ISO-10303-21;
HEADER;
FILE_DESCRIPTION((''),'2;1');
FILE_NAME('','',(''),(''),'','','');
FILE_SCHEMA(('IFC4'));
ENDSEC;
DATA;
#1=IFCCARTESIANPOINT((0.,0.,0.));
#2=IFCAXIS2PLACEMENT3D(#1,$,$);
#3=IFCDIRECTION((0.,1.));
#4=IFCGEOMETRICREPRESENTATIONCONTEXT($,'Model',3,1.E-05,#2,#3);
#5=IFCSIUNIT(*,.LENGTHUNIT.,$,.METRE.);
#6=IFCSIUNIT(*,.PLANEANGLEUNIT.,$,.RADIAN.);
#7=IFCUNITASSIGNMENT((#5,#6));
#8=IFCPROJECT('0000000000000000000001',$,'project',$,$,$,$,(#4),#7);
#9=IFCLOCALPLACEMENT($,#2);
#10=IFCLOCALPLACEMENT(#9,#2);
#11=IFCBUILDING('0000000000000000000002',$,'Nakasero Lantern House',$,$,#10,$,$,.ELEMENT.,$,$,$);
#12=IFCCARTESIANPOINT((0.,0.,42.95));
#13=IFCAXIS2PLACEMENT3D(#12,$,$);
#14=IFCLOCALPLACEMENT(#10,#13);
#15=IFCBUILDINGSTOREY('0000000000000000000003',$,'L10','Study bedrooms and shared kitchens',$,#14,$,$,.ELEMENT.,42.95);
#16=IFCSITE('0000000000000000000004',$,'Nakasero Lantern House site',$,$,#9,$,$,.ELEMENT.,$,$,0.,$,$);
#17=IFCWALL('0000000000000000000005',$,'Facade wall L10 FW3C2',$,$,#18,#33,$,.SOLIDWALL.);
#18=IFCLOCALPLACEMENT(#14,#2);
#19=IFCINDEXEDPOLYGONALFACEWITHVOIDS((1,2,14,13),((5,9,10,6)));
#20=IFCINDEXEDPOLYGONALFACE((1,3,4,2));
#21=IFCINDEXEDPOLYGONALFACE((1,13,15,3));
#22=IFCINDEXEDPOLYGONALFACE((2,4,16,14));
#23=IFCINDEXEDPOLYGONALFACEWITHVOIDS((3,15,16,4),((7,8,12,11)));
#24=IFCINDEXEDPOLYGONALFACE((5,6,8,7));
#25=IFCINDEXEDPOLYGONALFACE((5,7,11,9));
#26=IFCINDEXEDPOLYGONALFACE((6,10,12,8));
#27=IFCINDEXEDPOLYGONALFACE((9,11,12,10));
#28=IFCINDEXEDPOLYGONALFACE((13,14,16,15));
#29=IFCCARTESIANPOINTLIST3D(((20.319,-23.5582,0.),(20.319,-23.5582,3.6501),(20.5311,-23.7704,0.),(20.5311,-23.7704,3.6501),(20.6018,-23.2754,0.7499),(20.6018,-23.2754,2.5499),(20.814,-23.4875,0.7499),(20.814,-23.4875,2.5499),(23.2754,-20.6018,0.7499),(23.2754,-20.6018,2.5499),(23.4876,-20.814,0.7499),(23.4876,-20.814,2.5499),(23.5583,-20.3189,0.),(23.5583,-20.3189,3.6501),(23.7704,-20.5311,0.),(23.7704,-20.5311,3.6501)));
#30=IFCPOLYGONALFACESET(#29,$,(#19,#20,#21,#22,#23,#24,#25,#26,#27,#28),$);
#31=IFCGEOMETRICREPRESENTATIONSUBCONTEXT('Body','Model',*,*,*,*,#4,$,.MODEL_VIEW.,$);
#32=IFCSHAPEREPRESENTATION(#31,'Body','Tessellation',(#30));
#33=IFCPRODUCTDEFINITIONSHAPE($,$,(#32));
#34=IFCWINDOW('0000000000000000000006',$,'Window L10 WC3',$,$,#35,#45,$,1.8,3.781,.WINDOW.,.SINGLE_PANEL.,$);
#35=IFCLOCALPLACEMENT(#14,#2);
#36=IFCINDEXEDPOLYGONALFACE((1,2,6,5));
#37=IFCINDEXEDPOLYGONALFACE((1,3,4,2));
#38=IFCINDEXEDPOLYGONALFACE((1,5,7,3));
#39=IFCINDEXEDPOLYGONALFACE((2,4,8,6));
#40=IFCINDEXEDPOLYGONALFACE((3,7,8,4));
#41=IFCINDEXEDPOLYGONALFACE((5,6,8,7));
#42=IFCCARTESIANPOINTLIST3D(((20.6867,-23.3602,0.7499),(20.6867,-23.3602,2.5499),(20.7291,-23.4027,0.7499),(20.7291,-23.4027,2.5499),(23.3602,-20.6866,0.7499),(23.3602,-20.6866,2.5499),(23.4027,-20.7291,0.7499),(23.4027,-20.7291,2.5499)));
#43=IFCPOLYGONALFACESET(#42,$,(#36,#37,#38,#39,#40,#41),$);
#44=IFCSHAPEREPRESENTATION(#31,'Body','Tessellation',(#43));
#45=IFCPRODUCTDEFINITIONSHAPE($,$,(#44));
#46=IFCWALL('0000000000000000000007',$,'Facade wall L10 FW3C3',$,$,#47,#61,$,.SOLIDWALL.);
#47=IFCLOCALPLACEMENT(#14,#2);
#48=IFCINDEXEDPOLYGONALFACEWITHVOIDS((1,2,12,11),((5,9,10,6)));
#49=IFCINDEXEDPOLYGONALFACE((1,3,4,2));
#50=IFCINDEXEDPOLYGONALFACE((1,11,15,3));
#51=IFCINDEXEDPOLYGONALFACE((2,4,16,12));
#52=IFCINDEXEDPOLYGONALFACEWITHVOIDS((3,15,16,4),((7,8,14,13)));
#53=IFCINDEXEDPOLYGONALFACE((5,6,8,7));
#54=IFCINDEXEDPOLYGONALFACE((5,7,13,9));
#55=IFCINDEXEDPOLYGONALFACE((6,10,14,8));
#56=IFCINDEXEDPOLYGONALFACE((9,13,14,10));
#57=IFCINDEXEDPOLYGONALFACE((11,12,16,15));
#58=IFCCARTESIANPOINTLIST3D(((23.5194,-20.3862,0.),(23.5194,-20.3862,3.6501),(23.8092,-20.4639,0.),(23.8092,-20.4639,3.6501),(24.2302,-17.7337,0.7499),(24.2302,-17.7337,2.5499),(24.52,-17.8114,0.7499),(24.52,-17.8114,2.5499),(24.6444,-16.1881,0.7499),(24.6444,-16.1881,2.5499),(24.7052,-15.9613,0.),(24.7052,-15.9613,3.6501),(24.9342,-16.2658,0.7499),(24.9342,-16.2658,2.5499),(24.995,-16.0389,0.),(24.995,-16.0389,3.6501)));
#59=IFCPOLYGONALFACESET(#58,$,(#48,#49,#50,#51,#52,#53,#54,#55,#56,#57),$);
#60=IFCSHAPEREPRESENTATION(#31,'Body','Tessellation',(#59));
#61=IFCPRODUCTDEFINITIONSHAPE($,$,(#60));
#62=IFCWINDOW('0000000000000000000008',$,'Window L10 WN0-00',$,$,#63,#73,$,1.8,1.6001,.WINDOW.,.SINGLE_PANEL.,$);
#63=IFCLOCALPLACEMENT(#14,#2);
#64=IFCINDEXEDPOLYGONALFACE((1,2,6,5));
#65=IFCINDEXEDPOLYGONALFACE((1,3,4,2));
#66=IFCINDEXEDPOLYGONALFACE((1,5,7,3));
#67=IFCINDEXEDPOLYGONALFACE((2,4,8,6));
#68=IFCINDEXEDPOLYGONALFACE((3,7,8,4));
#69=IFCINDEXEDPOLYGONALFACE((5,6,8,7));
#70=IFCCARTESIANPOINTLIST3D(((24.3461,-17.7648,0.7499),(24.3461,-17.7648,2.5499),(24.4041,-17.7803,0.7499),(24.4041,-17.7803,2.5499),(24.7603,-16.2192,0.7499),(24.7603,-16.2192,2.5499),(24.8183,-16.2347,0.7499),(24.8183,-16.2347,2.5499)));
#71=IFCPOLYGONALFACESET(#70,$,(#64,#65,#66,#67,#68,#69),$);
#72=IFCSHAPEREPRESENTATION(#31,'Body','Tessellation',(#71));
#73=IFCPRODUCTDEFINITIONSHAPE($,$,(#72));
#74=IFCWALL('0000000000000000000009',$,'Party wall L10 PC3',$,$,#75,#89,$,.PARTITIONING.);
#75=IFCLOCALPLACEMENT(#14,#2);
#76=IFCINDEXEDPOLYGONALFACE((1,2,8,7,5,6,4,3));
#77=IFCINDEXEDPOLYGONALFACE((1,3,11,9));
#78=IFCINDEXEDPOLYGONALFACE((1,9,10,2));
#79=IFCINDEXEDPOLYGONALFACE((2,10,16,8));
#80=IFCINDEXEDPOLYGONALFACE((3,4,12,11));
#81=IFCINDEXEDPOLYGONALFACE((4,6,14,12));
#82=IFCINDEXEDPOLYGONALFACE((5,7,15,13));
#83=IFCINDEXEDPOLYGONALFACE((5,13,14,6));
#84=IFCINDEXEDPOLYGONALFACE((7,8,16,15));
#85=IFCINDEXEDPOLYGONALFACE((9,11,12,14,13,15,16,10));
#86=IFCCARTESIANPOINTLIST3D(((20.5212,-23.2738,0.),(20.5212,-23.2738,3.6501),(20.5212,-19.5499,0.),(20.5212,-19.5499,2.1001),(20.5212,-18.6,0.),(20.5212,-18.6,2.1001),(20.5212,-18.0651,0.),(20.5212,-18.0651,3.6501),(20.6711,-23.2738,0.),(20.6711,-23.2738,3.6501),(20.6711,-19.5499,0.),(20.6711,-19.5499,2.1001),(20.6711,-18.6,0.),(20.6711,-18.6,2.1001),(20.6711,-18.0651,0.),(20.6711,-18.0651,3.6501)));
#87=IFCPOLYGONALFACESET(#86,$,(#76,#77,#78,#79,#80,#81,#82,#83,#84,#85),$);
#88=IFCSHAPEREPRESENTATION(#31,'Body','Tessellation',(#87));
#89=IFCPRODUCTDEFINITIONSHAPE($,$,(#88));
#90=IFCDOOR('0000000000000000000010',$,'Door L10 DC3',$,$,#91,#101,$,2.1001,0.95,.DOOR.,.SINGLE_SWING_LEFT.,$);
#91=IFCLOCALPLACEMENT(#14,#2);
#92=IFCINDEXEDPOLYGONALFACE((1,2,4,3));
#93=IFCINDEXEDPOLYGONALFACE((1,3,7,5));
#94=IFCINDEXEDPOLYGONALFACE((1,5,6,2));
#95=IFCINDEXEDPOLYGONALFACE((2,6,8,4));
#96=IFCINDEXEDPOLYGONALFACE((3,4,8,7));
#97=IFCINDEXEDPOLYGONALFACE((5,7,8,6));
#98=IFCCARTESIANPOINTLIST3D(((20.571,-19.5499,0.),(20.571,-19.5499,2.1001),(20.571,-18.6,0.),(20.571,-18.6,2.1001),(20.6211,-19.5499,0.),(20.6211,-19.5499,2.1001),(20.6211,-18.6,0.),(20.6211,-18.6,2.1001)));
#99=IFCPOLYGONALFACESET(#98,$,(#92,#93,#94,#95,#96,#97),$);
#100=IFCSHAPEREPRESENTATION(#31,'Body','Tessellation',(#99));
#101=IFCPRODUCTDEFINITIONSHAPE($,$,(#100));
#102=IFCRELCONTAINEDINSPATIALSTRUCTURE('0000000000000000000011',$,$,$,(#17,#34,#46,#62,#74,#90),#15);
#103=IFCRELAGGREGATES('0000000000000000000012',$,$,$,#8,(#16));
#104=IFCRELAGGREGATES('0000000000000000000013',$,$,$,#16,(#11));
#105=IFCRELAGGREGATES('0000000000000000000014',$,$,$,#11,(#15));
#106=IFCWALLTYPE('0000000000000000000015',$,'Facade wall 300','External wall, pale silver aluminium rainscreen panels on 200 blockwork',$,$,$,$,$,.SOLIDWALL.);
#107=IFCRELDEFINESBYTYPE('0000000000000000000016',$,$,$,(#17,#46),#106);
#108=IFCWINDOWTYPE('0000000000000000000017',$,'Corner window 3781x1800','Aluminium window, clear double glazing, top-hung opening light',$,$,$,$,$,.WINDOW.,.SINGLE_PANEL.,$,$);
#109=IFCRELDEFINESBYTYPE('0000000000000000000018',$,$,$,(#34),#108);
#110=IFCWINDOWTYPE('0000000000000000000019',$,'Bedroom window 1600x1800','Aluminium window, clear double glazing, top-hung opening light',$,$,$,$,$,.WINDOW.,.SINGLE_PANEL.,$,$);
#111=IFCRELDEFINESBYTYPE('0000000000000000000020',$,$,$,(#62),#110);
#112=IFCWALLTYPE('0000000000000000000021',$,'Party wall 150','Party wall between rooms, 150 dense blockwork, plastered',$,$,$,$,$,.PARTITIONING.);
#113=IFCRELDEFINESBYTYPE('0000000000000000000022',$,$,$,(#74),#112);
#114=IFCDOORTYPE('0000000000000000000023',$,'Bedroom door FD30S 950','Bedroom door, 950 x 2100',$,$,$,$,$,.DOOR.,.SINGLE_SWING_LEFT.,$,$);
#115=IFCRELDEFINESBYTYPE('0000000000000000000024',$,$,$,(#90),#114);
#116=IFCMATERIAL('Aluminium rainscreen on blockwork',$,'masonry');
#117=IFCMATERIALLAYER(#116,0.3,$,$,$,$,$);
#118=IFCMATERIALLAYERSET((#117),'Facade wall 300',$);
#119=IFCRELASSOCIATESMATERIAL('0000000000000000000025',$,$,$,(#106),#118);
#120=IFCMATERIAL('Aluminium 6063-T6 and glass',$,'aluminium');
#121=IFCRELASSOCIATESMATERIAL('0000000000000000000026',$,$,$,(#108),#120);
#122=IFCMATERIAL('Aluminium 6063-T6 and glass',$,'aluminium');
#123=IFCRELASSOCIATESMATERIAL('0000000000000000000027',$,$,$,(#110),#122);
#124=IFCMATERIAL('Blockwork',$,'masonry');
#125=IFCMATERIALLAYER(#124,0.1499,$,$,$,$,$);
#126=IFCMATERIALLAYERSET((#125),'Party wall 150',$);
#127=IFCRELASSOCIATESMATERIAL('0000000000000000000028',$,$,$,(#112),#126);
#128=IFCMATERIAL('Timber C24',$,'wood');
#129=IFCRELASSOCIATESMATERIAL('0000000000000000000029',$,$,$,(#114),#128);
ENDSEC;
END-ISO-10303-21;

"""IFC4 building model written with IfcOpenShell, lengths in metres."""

from ifc_helpers import new_model, si_unit, direction, frame, frame_2d, origin, place, context, subcontext, project, spatial, rectangle, extrude, material, layer, layer_set, type_object, element, fill, save


model = new_model("IFC4")

# Units and contexts
model_context = context("Model", 3, precision=1e-05, world=origin(), true_north=direction((0.0, 1.0)))
body_context = subcontext(model_context, "Body", "Model", "MODEL_VIEW")
ifc_project = project(units=[si_unit("LENGTHUNIT", "METRE"), si_unit("PLANEANGLEUNIT", "RADIAN")], contexts=[model_context])

# Site, building, storey
site_placement = place(None, origin())
site = spatial("IfcSite", under=ifc_project, at=site_placement, Name="Nakasero Lantern House site", CompositionType="ELEMENT", RefElevation=0.0)
building_placement = place(site_placement, origin())
building = spatial("IfcBuilding", under=site, at=building_placement, Name="Nakasero Lantern House", CompositionType="ELEMENT")
storey_placement = place(building_placement, frame((0.0, 0.0, 42.95)))
storey = spatial("IfcBuildingStorey", under=building, at=storey_placement, Name="L10", Description="Study bedrooms and shared kitchens", CompositionType="ELEMENT", Elevation=42.95)

# Walls, openings, windows
ifc_material_1 = material(Name="Aluminium rainscreen on blockwork", Category="masonry")
ifc_layer_1 = layer(ifc_material_1, 0.3)
ifc_layer_set_1 = layer_set([ifc_layer_1], Name="Facade wall 300")
wall_type_1 = type_object("IfcWallType", Name="Facade wall 300", Description="External wall, pale silver aluminium rainscreen panels on 200 blockwork", PredefinedType="SOLIDWALL", material=ifc_layer_set_1)
wall_1_placement = place(storey_placement, frame((20.425, -23.6643, 0.0), z_axis=(0.0, 0.0, 1.0), x_axis=(0.707107, 0.707107, 0.0)))
wall_1 = element("IfcWall", 1, at=wall_1_placement, inside=storey, type_object=wall_type_1, Name="Facade wall L10 FW3C2", PredefinedType="SOLIDWALL", context=body_context, shape_type="SweptSolid", body=[
    extrude(rectangle(XDim=4.5811, YDim=0.3, at=frame_2d((2.2905, 0.0))), origin(), (0.0, 0.0, 1.0), 3.6501),
])
opening_1_placement = place(wall_1_placement, frame((0.3999, 0.0, 0.75)))
opening_1 = element("IfcOpeningElement", 2, at=opening_1_placement, cuts=wall_1, PredefinedType="OPENING", context=body_context, shape_type="SweptSolid", body=[
    extrude(rectangle(XDim=3.781, YDim=1.8, at=frame_2d((1.8906, 0.8999))), frame((0.0, 0.1699, 0.0), z_axis=(0.0, -1.0, 0.0), x_axis=(1.0, 0.0, 0.0)), (0.0, 0.0, 1.0), 0.3401),
])
ifc_material_2 = material(Name="Aluminium 6063-T6 and glass", Category="aluminium")
window_type_1 = type_object("IfcWindowType", Name="Corner window 3781x1800", Description="Aluminium window, clear double glazing, top-hung opening light", PartitioningType="SINGLE_PANEL", PredefinedType="WINDOW", material=ifc_material_2)
window_1_placement = place(opening_1_placement, origin())
window_1 = element("IfcWindow", 3, at=window_1_placement, inside=storey, type_object=window_type_1, Name="Window L10 WC3", OverallHeight=1.8, OverallWidth=3.781, PartitioningType="SINGLE_PANEL", PredefinedType="WINDOW", context=body_context, shape_type="SweptSolid", body=[
    extrude(rectangle(XDim=3.781, YDim=1.8, at=frame_2d((1.8906, 0.8999))), frame((0.0, 0.03, 0.0), z_axis=(0.0, -1.0, 0.0), x_axis=(1.0, 0.0, 0.0)), (0.0, 0.0, 1.0), 0.0601),
])
fill(opening_1, window_1)
wall_2_placement = place(storey_placement, frame((23.6643, -20.425, 0.0), z_axis=(0.0, 0.0, 1.0), x_axis=(0.25884, 0.96592, 0.0)))
wall_2 = element("IfcWall", 4, at=wall_2_placement, inside=storey, type_object=wall_type_1, Name="Facade wall L10 FW3C3", PredefinedType="SOLIDWALL", context=body_context, shape_type="SweptSolid", body=[
    extrude(rectangle(XDim=4.5811, YDim=0.3, at=frame_2d((2.2905, 0.0))), origin(), (0.0, 0.0, 1.0), 3.6501),
])
opening_2_placement = place(wall_2_placement, frame((2.7461, 0.0, 0.75)))
opening_2 = element("IfcOpeningElement", 5, at=opening_2_placement, cuts=wall_2, PredefinedType="OPENING", context=body_context, shape_type="SweptSolid", body=[
    extrude(rectangle(XDim=1.6001, YDim=1.8, at=frame_2d((0.8, 0.8999))), frame((0.0, 0.1699, 0.0), z_axis=(0.0, -1.0, 0.0), x_axis=(1.0, 0.0, 0.0)), (0.0, 0.0, 1.0), 0.3401),
])
ifc_material_3 = material(Name="Aluminium 6063-T6 and glass", Category="aluminium")
window_type_2 = type_object("IfcWindowType", Name="Bedroom window 1600x1800", Description="Aluminium window, clear double glazing, top-hung opening light", PartitioningType="SINGLE_PANEL", PredefinedType="WINDOW", material=ifc_material_3)
window_2_placement = place(opening_2_placement, origin())
window_2 = element("IfcWindow", 6, at=window_2_placement, inside=storey, type_object=window_type_2, Name="Window L10 WN0-00", OverallHeight=1.8, OverallWidth=1.6001, PartitioningType="SINGLE_PANEL", PredefinedType="WINDOW", context=body_context, shape_type="SweptSolid", body=[
    extrude(rectangle(XDim=1.6001, YDim=1.8, at=frame_2d((0.8, 0.8999))), frame((0.0, 0.03, 0.0), z_axis=(0.0, -1.0, 0.0), x_axis=(1.0, 0.0, 0.0)), (0.0, 0.0, 1.0), 0.0601),
])
fill(opening_2, window_2)

# Wall, opening, door
ifc_material_4 = material(Name="Blockwork", Category="masonry")
ifc_layer_2 = layer(ifc_material_4, 0.1499)
ifc_layer_set_2 = layer_set([ifc_layer_2], Name="Party wall 150")
wall_type_2 = type_object("IfcWallType", Name="Party wall 150", Description="Party wall between rooms, 150 dense blockwork, plastered", PredefinedType="PARTITIONING", material=ifc_layer_set_2)
wall_3_placement = place(storey_placement, frame((20.5962, -18.0649, 0.0), z_axis=(0.0, 0.0, 1.0), x_axis=(0.0, -1.0, 0.0)))
wall_3 = element("IfcWall", 7, at=wall_3_placement, inside=storey, type_object=wall_type_2, Name="Party wall L10 PC3", PredefinedType="PARTITIONING", context=body_context, shape_type="SweptSolid", body=[
    extrude(rectangle(XDim=5.2087, YDim=0.1499, at=frame_2d((2.6045, 0.0))), origin(), (0.0, 0.0, 1.0), 3.6501),
])
opening_3_placement = place(wall_3_placement, frame((0.5349, 0.0, 0.0)))
opening_3 = element("IfcOpeningElement", 8, at=opening_3_placement, cuts=wall_3, PredefinedType="OPENING", context=body_context, shape_type="SweptSolid", body=[
    extrude(rectangle(XDim=0.95, YDim=2.1001, at=frame_2d((0.4751, 1.05))), frame((0.0, 0.095, 0.0), z_axis=(0.0, -1.0, 0.0), x_axis=(1.0, 0.0, 0.0)), (0.0, 0.0, 1.0), 0.1899),
])
ifc_material_5 = material(Name="Timber C24", Category="wood")
door_type_1 = type_object("IfcDoorType", Name="Bedroom door FD30S 950", Description="Bedroom door, 950 x 2100", OperationType="SINGLE_SWING_LEFT", PredefinedType="DOOR", material=ifc_material_5)
door_1_placement = place(opening_3_placement, origin())
door_1 = element("IfcDoor", 9, at=door_1_placement, inside=storey, type_object=door_type_1, Name="Door L10 DC3", OperationType="SINGLE_SWING_LEFT", OverallHeight=2.1001, OverallWidth=0.95, PredefinedType="DOOR", context=body_context, shape_type="SweptSolid", body=[
    extrude(rectangle(XDim=0.95, YDim=2.1001, at=frame_2d((0.4751, 1.05))), frame((0.0, 0.0249, 0.0), z_axis=(0.0, -1.0, 0.0), x_axis=(1.0, 0.0, 0.0)), (0.0, 0.0, 1.0), 0.05),
])
fill(opening_3, door_1)

save(model, "model.ifc")
